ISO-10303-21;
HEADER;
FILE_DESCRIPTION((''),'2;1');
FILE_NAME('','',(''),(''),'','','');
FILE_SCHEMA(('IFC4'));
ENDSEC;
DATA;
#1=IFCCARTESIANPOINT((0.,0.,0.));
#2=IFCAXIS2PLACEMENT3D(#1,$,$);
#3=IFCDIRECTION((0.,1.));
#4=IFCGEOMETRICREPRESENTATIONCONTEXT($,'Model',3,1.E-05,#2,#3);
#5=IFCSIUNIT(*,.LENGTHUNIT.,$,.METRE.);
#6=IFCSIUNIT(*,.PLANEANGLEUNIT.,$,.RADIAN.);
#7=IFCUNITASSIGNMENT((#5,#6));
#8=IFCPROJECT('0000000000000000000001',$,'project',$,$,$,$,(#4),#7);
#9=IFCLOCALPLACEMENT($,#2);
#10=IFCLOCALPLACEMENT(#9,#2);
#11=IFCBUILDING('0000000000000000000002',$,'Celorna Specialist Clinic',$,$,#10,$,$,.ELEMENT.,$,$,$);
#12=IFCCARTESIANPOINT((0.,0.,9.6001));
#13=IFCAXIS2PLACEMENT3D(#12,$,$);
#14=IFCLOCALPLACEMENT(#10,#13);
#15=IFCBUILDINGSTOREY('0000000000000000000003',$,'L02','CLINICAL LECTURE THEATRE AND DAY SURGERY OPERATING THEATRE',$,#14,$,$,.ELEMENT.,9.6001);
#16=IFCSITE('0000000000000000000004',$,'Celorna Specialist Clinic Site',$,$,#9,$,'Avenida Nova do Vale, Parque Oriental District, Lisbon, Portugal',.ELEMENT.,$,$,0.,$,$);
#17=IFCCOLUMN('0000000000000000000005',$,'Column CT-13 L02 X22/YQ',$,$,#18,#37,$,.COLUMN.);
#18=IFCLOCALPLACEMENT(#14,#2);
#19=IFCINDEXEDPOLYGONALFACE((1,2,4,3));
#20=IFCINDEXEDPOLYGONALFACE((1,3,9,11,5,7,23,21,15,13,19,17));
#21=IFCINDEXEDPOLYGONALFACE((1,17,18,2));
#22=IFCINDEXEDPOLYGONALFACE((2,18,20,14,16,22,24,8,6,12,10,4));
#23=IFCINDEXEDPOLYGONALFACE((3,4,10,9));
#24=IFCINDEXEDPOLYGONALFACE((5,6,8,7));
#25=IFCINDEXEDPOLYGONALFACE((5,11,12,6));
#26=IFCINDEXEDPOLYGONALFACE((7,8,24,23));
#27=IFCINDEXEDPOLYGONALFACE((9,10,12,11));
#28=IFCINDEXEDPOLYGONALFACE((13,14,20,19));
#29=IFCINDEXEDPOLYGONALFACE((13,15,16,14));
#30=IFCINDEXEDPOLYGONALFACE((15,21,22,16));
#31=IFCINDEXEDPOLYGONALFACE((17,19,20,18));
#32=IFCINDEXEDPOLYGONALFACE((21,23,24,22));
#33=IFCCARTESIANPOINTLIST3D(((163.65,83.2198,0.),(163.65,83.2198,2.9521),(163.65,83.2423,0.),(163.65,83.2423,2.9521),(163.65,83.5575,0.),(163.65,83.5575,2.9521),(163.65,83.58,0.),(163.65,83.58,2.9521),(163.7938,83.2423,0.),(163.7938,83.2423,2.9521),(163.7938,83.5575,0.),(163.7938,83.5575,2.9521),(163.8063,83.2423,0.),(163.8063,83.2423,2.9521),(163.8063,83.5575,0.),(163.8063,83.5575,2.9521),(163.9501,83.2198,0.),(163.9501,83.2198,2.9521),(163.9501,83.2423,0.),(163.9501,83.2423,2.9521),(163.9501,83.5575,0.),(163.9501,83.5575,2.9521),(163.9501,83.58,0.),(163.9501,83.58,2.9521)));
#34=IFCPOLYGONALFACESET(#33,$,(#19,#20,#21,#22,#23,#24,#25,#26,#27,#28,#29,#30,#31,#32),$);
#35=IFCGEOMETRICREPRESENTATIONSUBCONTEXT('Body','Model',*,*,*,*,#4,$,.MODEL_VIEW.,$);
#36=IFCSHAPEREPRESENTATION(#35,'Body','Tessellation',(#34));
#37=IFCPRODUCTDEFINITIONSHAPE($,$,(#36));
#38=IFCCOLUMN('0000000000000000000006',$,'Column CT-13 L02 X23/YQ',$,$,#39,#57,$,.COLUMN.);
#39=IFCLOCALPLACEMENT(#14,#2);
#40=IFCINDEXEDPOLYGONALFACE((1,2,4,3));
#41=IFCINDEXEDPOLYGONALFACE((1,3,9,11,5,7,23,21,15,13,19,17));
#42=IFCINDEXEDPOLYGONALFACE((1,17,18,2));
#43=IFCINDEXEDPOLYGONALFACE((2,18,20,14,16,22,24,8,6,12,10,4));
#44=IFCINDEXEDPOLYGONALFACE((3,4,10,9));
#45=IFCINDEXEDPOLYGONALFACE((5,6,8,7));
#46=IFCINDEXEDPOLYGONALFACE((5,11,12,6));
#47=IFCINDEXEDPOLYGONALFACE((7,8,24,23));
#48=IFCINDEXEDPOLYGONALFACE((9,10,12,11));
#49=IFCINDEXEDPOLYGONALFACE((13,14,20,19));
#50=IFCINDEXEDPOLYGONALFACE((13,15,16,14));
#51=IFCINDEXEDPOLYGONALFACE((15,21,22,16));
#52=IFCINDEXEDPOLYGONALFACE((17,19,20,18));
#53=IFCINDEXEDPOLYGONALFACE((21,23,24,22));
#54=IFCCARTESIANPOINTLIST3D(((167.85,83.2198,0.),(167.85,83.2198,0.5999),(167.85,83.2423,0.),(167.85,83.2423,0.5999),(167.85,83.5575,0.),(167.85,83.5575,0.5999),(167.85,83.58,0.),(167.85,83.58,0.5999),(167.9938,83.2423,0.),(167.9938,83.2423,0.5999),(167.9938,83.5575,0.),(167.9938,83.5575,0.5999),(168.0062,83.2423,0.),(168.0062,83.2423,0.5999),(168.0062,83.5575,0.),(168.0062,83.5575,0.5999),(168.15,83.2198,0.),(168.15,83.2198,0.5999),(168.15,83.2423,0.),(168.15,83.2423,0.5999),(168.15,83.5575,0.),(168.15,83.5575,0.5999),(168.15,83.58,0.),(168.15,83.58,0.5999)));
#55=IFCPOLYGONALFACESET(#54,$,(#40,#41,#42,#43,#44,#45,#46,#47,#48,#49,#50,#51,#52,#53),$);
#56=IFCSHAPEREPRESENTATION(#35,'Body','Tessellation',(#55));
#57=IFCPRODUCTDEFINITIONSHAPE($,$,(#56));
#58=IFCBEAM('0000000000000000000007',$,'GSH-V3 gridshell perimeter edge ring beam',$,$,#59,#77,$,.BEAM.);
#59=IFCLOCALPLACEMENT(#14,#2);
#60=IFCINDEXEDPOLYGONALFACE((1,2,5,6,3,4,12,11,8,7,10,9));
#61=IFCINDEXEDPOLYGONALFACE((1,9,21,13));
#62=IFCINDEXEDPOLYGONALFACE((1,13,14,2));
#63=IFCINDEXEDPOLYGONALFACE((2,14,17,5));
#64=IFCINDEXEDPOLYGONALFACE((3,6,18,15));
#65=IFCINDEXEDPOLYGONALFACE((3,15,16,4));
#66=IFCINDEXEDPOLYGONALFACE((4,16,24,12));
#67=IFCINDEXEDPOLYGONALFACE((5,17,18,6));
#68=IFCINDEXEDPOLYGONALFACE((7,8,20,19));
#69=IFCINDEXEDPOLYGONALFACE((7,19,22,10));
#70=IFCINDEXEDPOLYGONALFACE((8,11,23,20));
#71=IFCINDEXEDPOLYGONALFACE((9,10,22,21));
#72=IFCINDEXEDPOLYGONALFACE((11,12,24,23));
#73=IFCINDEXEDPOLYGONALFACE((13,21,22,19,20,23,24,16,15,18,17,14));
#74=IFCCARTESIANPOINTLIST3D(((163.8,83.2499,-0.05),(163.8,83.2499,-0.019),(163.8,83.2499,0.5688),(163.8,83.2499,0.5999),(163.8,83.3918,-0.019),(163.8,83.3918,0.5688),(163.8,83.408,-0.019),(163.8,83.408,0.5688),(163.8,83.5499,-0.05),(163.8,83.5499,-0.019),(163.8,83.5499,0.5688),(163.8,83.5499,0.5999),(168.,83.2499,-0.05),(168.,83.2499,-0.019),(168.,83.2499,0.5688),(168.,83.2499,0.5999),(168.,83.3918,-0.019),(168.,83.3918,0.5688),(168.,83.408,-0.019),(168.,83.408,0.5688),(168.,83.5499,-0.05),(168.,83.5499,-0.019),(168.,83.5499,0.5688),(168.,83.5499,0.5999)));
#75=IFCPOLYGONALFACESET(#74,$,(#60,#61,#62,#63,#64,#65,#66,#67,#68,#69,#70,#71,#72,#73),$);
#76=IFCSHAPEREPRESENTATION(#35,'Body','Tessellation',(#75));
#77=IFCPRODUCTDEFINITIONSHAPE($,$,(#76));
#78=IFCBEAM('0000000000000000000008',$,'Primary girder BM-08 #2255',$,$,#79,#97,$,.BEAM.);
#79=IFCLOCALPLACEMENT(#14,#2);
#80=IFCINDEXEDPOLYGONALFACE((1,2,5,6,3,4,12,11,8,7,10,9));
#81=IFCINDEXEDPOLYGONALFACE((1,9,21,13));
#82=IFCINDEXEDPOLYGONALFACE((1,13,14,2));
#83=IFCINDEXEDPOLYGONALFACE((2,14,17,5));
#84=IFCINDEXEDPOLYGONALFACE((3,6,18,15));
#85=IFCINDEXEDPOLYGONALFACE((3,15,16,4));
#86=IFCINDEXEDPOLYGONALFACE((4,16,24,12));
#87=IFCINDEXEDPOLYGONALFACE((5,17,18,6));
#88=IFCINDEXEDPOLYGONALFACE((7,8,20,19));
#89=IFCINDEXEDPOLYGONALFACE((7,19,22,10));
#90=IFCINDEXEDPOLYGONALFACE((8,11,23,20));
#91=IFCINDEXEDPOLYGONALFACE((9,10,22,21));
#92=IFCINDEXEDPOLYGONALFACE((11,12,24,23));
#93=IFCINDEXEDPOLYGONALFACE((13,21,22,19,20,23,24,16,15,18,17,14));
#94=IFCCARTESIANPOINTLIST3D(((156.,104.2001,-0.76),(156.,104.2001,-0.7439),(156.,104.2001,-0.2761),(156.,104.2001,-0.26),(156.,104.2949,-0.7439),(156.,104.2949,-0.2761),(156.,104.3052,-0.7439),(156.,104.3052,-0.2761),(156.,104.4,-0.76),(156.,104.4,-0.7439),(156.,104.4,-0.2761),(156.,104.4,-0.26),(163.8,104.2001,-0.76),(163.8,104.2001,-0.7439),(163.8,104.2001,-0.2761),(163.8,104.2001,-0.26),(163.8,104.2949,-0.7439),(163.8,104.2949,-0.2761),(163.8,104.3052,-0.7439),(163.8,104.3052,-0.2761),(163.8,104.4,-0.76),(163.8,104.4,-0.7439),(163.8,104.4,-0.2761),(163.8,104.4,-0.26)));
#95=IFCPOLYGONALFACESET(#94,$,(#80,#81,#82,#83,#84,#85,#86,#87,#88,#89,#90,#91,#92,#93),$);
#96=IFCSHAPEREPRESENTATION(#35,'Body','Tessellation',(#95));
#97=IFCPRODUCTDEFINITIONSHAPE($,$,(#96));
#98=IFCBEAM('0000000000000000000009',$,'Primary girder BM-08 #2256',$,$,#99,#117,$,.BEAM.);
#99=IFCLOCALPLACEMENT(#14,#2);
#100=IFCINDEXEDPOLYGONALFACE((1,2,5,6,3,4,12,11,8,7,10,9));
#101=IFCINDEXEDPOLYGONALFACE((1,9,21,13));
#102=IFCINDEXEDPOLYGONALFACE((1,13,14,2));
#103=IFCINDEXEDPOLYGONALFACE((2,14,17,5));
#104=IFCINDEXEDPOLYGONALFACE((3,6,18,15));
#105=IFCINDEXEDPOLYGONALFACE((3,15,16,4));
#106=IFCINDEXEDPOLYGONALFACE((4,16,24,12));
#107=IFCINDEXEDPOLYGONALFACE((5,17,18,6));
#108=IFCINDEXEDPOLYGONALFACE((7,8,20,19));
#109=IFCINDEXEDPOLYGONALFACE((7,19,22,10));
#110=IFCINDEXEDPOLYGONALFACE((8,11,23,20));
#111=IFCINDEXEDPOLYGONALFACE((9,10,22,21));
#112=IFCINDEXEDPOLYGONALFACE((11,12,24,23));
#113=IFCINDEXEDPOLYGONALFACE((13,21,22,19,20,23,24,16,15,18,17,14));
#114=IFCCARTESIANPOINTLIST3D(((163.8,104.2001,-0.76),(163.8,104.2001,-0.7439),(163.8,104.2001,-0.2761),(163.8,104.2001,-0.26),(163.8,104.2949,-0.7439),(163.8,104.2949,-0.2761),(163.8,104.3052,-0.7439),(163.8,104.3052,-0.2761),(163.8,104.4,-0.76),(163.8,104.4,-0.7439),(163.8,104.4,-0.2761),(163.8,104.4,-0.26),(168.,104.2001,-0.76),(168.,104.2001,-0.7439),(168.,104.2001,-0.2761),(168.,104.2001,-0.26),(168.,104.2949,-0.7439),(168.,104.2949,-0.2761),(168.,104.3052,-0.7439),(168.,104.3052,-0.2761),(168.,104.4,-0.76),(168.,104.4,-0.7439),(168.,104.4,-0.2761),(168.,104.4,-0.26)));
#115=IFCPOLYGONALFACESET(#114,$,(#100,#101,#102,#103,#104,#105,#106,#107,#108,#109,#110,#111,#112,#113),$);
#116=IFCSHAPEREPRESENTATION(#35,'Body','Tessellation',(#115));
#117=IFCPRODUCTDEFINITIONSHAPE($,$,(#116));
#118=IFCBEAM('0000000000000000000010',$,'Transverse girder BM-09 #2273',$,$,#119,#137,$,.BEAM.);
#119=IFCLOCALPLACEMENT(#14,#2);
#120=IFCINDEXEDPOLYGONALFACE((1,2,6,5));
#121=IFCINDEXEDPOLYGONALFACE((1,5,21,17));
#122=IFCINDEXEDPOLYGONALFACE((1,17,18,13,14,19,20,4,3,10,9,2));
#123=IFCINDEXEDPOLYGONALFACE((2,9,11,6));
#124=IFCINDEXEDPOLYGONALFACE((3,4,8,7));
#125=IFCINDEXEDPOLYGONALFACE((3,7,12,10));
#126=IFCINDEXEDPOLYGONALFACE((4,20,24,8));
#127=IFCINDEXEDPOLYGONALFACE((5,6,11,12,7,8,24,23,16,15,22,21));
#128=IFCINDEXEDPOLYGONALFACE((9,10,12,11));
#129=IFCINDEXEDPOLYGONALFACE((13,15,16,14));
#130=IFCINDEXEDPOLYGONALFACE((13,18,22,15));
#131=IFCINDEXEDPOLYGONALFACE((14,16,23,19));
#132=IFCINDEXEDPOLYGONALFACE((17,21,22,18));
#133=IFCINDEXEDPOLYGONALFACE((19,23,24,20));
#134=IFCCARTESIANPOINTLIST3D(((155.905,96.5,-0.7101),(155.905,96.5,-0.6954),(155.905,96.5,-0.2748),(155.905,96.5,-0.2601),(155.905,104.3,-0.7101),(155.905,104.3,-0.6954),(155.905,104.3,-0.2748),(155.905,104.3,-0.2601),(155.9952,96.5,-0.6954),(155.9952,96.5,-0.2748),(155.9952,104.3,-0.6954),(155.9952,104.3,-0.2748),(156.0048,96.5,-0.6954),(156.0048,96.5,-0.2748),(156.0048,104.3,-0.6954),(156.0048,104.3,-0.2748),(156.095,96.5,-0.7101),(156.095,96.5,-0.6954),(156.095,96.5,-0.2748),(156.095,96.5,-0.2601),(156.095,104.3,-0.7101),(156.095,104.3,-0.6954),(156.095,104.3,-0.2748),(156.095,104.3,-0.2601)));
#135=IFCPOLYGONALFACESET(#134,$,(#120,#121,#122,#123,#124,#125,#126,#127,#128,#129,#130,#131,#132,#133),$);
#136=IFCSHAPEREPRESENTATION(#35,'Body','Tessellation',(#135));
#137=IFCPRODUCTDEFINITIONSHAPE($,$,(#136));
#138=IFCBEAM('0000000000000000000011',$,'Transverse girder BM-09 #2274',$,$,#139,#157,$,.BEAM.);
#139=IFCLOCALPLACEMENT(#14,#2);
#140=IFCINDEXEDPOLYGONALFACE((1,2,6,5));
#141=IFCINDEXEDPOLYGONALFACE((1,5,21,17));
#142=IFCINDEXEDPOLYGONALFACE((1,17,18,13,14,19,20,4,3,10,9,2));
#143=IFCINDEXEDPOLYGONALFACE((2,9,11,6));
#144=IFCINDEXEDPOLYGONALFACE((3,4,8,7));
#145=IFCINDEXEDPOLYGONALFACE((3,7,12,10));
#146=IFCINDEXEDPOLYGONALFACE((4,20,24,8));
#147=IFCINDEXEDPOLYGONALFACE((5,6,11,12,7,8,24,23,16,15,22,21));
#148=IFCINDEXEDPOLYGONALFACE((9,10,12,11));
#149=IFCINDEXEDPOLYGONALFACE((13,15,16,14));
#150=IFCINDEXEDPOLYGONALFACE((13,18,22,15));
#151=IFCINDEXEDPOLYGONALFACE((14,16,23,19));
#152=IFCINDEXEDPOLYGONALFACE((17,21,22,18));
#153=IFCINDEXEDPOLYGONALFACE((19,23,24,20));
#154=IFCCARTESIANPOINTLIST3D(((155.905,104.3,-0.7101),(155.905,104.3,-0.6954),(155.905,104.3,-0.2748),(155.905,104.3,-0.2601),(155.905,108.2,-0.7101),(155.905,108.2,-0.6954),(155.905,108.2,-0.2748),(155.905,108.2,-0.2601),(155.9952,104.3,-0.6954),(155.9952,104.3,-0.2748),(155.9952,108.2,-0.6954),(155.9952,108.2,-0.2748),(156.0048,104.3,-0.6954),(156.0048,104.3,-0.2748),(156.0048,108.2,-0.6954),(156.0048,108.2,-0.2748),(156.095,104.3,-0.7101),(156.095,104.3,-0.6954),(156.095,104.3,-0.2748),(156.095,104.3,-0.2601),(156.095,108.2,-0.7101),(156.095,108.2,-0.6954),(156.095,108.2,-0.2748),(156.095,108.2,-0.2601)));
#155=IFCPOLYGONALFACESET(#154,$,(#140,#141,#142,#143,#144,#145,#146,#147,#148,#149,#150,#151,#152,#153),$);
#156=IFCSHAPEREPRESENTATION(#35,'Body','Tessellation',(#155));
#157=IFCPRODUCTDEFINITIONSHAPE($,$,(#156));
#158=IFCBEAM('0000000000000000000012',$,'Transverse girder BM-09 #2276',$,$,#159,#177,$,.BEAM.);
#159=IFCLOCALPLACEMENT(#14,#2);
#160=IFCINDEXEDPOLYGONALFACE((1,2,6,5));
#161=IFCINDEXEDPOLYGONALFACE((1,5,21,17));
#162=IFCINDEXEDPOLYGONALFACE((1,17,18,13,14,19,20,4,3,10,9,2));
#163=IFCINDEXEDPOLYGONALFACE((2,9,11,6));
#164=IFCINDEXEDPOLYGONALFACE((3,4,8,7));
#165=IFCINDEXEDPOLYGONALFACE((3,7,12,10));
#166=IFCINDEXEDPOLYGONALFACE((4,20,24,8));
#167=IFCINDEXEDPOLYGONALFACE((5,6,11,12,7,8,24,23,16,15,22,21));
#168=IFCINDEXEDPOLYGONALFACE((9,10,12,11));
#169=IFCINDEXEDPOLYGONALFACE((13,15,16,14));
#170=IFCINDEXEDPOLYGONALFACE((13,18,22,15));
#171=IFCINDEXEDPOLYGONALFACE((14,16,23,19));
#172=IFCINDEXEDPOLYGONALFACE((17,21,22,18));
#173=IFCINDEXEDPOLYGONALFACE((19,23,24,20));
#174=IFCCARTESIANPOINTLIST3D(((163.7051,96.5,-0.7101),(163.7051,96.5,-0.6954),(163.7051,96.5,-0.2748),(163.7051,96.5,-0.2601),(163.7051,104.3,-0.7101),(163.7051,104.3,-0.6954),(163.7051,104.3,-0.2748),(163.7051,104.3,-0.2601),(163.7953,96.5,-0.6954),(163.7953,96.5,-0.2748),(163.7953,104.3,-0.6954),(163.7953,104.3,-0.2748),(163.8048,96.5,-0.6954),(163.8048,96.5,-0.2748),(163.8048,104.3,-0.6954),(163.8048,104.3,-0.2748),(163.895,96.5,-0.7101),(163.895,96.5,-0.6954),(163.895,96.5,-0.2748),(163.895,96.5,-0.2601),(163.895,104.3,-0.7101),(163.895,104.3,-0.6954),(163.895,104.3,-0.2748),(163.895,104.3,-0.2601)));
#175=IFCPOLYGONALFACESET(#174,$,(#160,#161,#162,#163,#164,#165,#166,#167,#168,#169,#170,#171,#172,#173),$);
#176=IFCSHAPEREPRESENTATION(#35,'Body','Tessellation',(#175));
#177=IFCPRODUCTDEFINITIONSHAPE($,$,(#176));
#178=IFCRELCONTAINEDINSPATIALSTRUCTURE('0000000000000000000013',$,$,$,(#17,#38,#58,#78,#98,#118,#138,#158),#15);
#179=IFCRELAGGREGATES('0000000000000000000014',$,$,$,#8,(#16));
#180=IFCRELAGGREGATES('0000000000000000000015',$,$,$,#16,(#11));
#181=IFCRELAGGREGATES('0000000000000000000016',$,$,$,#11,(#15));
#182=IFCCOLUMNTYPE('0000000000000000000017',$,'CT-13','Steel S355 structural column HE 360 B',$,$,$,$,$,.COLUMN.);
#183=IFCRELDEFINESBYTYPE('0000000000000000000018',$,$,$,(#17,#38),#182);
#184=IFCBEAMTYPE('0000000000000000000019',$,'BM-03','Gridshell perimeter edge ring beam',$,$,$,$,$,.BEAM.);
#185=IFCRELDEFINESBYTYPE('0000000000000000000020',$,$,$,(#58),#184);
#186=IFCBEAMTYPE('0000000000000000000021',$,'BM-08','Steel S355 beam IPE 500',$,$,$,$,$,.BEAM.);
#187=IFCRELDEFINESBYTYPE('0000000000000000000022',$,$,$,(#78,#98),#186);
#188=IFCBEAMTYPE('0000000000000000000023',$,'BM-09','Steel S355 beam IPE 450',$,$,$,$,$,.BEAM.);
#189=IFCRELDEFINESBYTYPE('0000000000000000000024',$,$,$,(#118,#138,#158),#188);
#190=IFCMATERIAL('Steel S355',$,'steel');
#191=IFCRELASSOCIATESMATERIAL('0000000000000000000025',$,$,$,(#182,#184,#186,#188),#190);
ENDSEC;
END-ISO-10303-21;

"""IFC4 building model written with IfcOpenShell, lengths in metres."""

from ifc_helpers import new_model, si_unit, direction, frame, origin, origin_2d, place, context, subcontext, project, spatial, i_section, extrude, material, material_profile, profile_set, type_object, element, save


model = new_model("IFC4")

# Units and contexts
model_context = context("Model", 3, precision=1e-05, world=origin(), true_north=direction((0.0, 1.0)))
body_context = subcontext(model_context, "Body", "Model", "MODEL_VIEW")
ifc_project = project(units=[si_unit("LENGTHUNIT", "METRE"), si_unit("PLANEANGLEUNIT", "RADIAN")], contexts=[model_context])

# Site, building, storey
site_placement = place(None, origin())
site = spatial("IfcSite", under=ifc_project, at=site_placement, Name="Celorna Specialist Clinic Site", LongName="Avenida Nova do Vale, Parque Oriental District, Lisbon, Portugal", CompositionType="ELEMENT", RefElevation=0.0)
building_placement = place(site_placement, origin())
building = spatial("IfcBuilding", under=site, at=building_placement, Name="Celorna Specialist Clinic", CompositionType="ELEMENT")
storey_placement = place(building_placement, frame((0.0, 0.0, 9.6001)))
storey = spatial("IfcBuildingStorey", under=building, at=storey_placement, Name="L02", Description="CLINICAL LECTURE THEATRE AND DAY SURGERY OPERATING THEATRE", CompositionType="ELEMENT", Elevation=9.6001)

# Columns
ifc_material = material(Name="Steel S355", Category="steel")
ifc_material_profile_1 = material_profile(ifc_material, i_section(OverallWidth=0.3, OverallDepth=0.3601, WebThickness=0.0125, FlangeThickness=0.0225, at=origin_2d()), Name="HE 360 B")
ifc_profile_set_1 = profile_set([ifc_material_profile_1], Name="Steel S355")
column_type = type_object("IfcColumnType", Name="CT-13", Description="Steel S355 structural column HE 360 B", PredefinedType="COLUMN", material=ifc_profile_set_1)
column_1_placement = place(storey_placement, frame((163.8, 83.3999, 0.0), z_axis=(0.0, 0.0, 1.0), x_axis=(1.0, 0.0, 0.0)))
element("IfcColumn", 1, at=column_1_placement, inside=storey, type_object=column_type, Name="Column CT-13 L02 X22/YQ", PredefinedType="COLUMN", context=body_context, shape_type="SweptSolid", body=[
    extrude(i_section(OverallWidth=0.3, OverallDepth=0.3601, WebThickness=0.0125, FlangeThickness=0.0225, at=origin_2d()), origin(), (0.0, 0.0, 1.0), 2.9521),
])
column_2_placement = place(storey_placement, frame((168.0, 83.3999, 0.0), z_axis=(0.0, 0.0, 1.0), x_axis=(1.0, 0.0, 0.0)))
element("IfcColumn", 2, at=column_2_placement, inside=storey, type_object=column_type, Name="Column CT-13 L02 X23/YQ", PredefinedType="COLUMN", context=body_context, shape_type="SweptSolid", body=[
    extrude(i_section(OverallWidth=0.3, OverallDepth=0.3601, WebThickness=0.0125, FlangeThickness=0.0225, at=origin_2d()), origin(), (0.0, 0.0, 1.0), 0.5999),
])

# Beams
ifc_material_profile_2 = material_profile(ifc_material, i_section(OverallWidth=0.3, OverallDepth=0.6499, WebThickness=0.0161, FlangeThickness=0.031, at=origin_2d()), Name="HE 650 B")
ifc_profile_set_2 = profile_set([ifc_material_profile_2], Name="Steel S355")
beam_type_1 = type_object("IfcBeamType", Name="BM-03", Description="Gridshell perimeter edge ring beam", PredefinedType="BEAM", material=ifc_profile_set_2)
beam_1_placement = place(storey_placement, frame((163.8, 83.3999, 0.2749), z_axis=(1.0, 0.0, 0.0), x_axis=(0.0, 1.0, 0.0)))
element("IfcBeam", 3, at=beam_1_placement, inside=storey, type_object=beam_type_1, Name="GSH-V3 gridshell perimeter edge ring beam", PredefinedType="BEAM", context=body_context, shape_type="SweptSolid", body=[
    extrude(i_section(OverallWidth=0.3, OverallDepth=0.6499, WebThickness=0.0161, FlangeThickness=0.031, at=origin_2d()), origin(), (0.0, 0.0, 1.0), 4.2),
])
ifc_material_profile_3 = material_profile(ifc_material, i_section(OverallWidth=0.2, OverallDepth=0.5, WebThickness=0.0103, FlangeThickness=0.0161, at=origin_2d()), Name="IPE 500")
ifc_profile_set_3 = profile_set([ifc_material_profile_3], Name="Steel S355")
beam_type_2 = type_object("IfcBeamType", Name="BM-08", Description="Steel S355 beam IPE 500", PredefinedType="BEAM", material=ifc_profile_set_3)
beam_2_placement = place(storey_placement, frame((156.0, 104.3, -0.51), z_axis=(1.0, 0.0, 0.0), x_axis=(0.0, 1.0, 0.0)))
element("IfcBeam", 4, at=beam_2_placement, inside=storey, type_object=beam_type_2, Name="Primary girder BM-08 #2255", PredefinedType="BEAM", context=body_context, shape_type="SweptSolid", body=[
    extrude(i_section(OverallWidth=0.2, OverallDepth=0.5, WebThickness=0.0103, FlangeThickness=0.0161, at=origin_2d()), origin(), (0.0, 0.0, 1.0), 7.8),
])
beam_3_placement = place(storey_placement, frame((163.8, 104.3, -0.51), z_axis=(1.0, 0.0, 0.0), x_axis=(0.0, 1.0, 0.0)))
element("IfcBeam", 5, at=beam_3_placement, inside=storey, type_object=beam_type_2, Name="Primary girder BM-08 #2256", PredefinedType="BEAM", context=body_context, shape_type="SweptSolid", body=[
    extrude(i_section(OverallWidth=0.2, OverallDepth=0.5, WebThickness=0.0103, FlangeThickness=0.0161, at=origin_2d()), origin(), (0.0, 0.0, 1.0), 4.2),
])
ifc_material_profile_4 = material_profile(ifc_material, i_section(OverallWidth=0.1899, OverallDepth=0.45, WebThickness=0.0095, FlangeThickness=0.0146, at=origin_2d()), Name="IPE 450")
ifc_profile_set_4 = profile_set([ifc_material_profile_4], Name="Steel S355")
beam_type_3 = type_object("IfcBeamType", Name="BM-09", Description="Steel S355 beam IPE 450", PredefinedType="BEAM", material=ifc_profile_set_4)
beam_4_placement = place(storey_placement, frame((156.0, 96.5, -0.4851), z_axis=(0.0, 1.0, 0.0), x_axis=(-1.0, 0.0, 0.0)))
element("IfcBeam", 6, at=beam_4_placement, inside=storey, type_object=beam_type_3, Name="Transverse girder BM-09 #2273", PredefinedType="BEAM", context=body_context, shape_type="SweptSolid", body=[
    extrude(i_section(OverallWidth=0.1899, OverallDepth=0.45, WebThickness=0.0095, FlangeThickness=0.0146, at=origin_2d()), origin(), (0.0, 0.0, 1.0), 7.8),
])
beam_5_placement = place(storey_placement, frame((156.0, 104.3, -0.4851), z_axis=(0.0, 1.0, 0.0), x_axis=(-1.0, 0.0, 0.0)))
element("IfcBeam", 7, at=beam_5_placement, inside=storey, type_object=beam_type_3, Name="Transverse girder BM-09 #2274", PredefinedType="BEAM", context=body_context, shape_type="SweptSolid", body=[
    extrude(i_section(OverallWidth=0.1899, OverallDepth=0.45, WebThickness=0.0095, FlangeThickness=0.0146, at=origin_2d()), origin(), (0.0, 0.0, 1.0), 3.8999),
])
beam_6_placement = place(storey_placement, frame((163.8, 96.5, -0.4851), z_axis=(0.0, 1.0, 0.0), x_axis=(-1.0, 0.0, 0.0)))
element("IfcBeam", 8, at=beam_6_placement, inside=storey, type_object=beam_type_3, Name="Transverse girder BM-09 #2276", PredefinedType="BEAM", context=body_context, shape_type="SweptSolid", body=[
    extrude(i_section(OverallWidth=0.1899, OverallDepth=0.45, WebThickness=0.0095, FlangeThickness=0.0146, at=origin_2d()), origin(), (0.0, 0.0, 1.0), 7.8),
])

save(model, "model.ifc")
